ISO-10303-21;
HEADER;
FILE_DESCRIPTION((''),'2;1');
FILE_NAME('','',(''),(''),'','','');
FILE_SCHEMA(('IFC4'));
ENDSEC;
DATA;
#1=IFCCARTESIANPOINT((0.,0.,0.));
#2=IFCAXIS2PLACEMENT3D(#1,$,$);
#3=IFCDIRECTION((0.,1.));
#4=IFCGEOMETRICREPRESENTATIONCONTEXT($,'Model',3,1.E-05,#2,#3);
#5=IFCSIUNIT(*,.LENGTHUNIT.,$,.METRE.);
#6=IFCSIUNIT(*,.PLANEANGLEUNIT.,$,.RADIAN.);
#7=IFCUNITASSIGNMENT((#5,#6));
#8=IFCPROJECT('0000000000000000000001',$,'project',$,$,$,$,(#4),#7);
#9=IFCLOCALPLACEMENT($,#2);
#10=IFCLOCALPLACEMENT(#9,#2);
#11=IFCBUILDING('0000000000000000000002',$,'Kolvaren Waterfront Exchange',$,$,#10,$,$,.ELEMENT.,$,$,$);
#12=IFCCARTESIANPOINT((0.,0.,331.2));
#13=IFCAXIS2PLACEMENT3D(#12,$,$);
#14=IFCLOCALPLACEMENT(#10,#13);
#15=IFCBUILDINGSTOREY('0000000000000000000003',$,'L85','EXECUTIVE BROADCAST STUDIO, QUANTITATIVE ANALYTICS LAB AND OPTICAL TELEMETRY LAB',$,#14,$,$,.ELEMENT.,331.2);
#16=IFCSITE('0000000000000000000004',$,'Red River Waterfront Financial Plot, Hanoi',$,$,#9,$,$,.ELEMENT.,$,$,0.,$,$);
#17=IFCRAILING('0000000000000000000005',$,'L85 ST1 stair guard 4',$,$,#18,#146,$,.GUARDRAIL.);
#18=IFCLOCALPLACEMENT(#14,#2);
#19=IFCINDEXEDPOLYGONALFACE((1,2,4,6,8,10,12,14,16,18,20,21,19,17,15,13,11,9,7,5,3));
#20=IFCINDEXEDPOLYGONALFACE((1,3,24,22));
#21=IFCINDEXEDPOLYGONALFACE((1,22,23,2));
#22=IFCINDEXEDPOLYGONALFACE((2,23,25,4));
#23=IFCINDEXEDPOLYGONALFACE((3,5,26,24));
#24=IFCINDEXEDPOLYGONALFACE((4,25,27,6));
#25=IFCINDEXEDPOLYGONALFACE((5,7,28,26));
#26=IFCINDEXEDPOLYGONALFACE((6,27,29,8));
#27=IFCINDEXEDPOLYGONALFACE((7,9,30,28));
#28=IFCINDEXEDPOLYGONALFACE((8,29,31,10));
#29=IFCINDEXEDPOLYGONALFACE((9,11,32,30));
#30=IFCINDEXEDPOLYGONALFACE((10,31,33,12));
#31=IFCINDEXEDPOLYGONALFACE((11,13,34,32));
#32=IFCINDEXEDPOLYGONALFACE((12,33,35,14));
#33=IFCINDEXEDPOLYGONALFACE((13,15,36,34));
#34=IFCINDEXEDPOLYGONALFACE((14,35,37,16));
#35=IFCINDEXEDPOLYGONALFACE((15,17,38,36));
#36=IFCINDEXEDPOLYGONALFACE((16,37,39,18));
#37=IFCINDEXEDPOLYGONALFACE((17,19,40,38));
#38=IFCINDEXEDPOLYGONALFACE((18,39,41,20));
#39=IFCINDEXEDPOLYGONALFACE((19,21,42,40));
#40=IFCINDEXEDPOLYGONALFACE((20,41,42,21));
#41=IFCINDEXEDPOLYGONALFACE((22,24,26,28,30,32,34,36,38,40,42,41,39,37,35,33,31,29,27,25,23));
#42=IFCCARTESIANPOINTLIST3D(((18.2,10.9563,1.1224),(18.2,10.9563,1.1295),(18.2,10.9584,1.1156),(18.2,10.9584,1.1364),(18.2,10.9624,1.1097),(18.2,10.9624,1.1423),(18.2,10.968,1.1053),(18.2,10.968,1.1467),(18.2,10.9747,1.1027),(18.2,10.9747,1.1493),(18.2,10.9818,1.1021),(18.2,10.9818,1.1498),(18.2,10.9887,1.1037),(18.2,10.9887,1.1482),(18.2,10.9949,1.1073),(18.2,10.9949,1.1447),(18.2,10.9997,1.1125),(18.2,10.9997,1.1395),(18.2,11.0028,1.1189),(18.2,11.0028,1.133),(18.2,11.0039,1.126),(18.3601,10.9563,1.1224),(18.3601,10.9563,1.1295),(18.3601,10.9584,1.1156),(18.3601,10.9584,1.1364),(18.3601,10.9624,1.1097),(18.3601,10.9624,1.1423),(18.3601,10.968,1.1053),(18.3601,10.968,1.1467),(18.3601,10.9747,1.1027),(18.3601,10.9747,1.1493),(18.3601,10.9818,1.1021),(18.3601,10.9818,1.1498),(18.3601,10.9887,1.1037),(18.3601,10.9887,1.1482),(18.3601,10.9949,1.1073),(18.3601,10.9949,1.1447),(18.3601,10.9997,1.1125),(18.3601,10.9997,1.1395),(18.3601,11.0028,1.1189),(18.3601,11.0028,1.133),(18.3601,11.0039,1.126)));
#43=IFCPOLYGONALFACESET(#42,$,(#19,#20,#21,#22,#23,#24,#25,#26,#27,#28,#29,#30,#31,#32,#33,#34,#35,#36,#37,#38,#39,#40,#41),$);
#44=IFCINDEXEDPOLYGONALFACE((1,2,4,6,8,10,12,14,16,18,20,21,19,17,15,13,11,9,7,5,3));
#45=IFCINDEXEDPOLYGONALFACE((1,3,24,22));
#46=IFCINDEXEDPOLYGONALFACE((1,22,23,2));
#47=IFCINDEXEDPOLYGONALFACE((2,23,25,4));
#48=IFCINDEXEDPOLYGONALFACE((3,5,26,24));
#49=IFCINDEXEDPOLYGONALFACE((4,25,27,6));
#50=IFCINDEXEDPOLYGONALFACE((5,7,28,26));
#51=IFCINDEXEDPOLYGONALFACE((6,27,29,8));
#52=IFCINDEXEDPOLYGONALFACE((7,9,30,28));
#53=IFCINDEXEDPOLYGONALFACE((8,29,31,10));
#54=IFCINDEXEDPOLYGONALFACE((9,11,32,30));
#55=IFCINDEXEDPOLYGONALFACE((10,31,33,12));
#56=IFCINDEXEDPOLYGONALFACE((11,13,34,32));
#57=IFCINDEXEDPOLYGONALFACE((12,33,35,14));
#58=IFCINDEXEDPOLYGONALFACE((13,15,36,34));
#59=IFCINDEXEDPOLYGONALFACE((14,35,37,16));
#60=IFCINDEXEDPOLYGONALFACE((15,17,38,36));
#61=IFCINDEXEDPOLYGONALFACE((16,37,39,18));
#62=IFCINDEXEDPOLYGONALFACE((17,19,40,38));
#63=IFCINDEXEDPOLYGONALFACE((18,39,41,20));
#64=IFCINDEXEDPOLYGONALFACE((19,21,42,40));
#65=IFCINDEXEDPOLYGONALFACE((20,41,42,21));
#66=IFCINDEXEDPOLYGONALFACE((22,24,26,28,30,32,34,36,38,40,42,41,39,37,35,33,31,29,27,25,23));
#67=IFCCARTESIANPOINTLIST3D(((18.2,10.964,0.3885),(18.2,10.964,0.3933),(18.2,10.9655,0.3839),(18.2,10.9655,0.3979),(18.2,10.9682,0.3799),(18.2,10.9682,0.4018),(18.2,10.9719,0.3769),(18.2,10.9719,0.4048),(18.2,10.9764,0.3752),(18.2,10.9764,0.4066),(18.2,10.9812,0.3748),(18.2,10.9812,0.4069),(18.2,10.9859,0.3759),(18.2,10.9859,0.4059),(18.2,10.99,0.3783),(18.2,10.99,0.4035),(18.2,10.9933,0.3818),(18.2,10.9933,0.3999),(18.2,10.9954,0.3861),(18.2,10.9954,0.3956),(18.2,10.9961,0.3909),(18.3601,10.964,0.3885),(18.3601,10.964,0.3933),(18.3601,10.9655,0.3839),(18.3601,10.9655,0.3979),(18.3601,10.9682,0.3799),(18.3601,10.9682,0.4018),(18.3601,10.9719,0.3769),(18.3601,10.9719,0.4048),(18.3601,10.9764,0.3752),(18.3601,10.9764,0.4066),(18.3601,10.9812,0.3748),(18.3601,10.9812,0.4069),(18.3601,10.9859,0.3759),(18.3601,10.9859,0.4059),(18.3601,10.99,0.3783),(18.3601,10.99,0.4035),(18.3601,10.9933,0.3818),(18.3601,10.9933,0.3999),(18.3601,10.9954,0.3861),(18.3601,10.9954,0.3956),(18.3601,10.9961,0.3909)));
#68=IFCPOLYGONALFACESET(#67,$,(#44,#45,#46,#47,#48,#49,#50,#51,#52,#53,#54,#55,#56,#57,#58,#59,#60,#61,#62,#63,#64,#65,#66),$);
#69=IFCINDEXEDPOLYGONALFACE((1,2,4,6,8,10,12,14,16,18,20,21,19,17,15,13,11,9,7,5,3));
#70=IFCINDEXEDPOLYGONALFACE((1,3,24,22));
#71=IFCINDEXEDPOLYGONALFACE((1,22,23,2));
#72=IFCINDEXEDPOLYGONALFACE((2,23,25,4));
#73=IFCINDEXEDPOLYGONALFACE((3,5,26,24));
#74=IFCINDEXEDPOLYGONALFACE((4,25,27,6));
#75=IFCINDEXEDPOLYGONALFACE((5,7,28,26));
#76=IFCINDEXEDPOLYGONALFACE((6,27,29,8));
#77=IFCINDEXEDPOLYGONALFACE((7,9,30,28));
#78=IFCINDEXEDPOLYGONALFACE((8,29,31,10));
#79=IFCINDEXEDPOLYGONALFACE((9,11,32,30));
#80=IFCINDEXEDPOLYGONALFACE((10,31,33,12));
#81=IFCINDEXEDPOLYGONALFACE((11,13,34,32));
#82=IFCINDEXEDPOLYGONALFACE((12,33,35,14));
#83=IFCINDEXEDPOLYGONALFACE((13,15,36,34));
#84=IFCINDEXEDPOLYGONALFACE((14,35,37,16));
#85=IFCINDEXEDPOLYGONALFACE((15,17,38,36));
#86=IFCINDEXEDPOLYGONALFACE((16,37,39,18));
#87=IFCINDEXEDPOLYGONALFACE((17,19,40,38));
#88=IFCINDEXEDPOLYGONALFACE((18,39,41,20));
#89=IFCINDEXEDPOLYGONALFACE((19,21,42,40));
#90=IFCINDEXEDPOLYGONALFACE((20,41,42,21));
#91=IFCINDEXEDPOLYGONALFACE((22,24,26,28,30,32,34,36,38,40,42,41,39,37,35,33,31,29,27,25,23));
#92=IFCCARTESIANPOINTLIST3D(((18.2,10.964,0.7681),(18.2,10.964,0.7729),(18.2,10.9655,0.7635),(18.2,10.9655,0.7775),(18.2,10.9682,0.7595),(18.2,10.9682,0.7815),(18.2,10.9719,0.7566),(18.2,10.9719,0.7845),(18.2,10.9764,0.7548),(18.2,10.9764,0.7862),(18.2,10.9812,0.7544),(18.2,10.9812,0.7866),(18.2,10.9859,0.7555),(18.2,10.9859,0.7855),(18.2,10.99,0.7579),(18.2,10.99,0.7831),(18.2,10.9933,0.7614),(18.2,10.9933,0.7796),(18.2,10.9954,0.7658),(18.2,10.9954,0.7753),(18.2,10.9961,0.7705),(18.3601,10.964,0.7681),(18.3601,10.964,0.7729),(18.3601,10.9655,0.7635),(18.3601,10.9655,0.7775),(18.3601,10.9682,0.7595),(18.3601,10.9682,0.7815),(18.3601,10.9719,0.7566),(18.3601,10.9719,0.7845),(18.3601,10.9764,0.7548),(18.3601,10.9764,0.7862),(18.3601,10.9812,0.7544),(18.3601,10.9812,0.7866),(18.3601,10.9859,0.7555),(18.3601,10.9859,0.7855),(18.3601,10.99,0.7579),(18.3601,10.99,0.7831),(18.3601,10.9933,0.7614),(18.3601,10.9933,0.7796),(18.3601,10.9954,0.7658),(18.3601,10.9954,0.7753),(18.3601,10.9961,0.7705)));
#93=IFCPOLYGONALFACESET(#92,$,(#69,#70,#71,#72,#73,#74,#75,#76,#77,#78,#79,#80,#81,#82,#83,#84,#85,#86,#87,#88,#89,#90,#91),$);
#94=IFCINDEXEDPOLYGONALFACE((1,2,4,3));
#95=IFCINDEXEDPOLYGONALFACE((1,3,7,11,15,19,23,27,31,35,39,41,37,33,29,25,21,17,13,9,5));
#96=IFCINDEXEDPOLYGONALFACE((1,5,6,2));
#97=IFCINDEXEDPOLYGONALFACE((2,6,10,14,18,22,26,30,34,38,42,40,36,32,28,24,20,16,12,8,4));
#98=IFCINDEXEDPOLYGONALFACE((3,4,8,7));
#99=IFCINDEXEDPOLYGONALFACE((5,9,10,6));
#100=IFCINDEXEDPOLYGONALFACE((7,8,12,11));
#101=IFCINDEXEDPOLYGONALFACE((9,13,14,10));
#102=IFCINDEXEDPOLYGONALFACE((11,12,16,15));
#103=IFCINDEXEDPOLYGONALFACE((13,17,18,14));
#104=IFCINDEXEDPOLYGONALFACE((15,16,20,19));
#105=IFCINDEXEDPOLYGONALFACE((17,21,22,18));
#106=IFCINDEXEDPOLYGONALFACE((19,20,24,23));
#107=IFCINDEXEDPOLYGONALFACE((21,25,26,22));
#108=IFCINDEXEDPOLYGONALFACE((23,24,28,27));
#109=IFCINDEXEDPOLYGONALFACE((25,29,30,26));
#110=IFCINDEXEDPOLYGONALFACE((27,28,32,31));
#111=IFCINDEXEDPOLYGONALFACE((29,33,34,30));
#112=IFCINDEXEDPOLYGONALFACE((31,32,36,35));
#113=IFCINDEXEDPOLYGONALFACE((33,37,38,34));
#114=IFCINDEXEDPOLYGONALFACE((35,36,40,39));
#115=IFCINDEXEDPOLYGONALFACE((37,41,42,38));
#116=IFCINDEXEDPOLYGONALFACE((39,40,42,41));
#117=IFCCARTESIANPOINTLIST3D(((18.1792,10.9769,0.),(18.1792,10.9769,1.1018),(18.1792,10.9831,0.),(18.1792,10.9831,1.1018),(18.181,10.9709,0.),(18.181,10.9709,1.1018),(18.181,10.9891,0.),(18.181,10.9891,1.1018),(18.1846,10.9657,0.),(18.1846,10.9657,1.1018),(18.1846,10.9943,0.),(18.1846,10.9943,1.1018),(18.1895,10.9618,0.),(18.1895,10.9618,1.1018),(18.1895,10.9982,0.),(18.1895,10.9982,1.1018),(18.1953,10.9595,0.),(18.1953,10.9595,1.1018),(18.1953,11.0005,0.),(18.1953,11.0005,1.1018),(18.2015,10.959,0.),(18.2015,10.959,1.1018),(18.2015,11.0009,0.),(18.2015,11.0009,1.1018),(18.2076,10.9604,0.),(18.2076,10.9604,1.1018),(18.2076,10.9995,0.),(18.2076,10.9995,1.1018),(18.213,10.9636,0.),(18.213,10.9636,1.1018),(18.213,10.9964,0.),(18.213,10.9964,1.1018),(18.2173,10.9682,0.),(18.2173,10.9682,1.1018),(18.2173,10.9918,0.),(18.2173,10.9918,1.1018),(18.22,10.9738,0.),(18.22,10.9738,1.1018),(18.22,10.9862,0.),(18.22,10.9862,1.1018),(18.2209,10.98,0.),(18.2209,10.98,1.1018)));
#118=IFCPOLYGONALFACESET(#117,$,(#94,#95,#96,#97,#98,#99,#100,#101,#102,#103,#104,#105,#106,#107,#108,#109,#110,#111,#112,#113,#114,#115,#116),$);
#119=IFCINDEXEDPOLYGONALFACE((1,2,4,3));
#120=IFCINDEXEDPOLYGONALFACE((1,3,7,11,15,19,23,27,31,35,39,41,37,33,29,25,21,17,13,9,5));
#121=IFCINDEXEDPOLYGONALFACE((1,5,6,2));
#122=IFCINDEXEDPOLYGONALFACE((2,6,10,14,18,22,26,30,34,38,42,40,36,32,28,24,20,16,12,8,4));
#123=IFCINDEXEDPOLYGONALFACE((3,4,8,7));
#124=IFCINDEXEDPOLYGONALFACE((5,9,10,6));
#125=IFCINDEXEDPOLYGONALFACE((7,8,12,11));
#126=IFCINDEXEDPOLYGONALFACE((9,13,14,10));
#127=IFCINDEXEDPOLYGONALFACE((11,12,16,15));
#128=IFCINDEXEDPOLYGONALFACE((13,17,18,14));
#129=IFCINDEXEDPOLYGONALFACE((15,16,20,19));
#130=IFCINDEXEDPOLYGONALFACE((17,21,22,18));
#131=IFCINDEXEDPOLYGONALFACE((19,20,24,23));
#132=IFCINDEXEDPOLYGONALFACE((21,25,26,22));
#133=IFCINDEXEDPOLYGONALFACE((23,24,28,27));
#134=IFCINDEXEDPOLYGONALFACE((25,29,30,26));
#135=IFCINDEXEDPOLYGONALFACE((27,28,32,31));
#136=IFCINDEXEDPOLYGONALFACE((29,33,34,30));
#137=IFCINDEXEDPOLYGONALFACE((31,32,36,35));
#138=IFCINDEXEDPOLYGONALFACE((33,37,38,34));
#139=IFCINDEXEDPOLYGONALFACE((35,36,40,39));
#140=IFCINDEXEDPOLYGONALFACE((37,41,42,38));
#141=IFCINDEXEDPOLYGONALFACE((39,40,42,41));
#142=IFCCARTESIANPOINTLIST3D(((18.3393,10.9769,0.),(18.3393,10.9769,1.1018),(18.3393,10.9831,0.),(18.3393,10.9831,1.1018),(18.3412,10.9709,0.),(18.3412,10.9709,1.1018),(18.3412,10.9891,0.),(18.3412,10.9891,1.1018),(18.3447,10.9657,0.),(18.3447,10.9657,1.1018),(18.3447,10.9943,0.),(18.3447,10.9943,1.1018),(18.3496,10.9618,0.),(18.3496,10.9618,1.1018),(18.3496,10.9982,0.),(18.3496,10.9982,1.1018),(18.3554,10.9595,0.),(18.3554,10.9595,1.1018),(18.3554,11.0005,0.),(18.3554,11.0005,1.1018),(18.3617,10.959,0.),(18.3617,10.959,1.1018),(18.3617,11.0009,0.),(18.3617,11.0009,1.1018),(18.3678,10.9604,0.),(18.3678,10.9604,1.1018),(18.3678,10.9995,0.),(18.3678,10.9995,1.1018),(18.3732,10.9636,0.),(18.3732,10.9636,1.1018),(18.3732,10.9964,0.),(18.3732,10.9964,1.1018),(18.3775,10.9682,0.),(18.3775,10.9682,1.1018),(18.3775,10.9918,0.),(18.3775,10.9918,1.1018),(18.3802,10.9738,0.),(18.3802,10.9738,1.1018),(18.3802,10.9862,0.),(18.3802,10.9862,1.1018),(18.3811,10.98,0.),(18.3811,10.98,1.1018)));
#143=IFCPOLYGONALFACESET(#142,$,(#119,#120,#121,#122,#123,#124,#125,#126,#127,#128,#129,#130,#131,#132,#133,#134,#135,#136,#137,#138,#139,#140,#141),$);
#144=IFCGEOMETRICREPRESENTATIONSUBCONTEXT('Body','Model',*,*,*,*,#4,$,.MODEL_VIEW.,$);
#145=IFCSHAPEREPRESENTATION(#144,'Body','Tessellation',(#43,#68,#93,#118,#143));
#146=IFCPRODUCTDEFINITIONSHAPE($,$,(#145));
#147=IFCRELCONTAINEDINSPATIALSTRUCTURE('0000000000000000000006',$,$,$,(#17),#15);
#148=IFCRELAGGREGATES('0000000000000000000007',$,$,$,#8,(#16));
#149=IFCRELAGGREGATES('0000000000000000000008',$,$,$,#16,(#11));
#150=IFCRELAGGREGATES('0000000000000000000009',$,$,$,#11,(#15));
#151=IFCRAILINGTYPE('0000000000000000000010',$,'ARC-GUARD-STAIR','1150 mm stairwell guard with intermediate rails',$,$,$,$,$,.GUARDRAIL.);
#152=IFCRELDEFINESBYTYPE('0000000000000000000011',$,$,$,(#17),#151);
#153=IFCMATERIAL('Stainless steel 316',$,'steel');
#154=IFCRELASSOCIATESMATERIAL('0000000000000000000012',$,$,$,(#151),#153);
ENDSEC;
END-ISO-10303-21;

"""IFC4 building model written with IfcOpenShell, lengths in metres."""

from ifc_helpers import new_model, si_unit, direction, frame, origin, origin_2d, place, context, subcontext, project, spatial, circle, extrude, material, type_object, element, save


model = new_model("IFC4")

# Units and contexts
model_context = context("Model", 3, precision=1e-05, world=origin(), true_north=direction((0.0, 1.0)))
body_context = subcontext(model_context, "Body", "Model", "MODEL_VIEW")
ifc_project = project(units=[si_unit("LENGTHUNIT", "METRE"), si_unit("PLANEANGLEUNIT", "RADIAN")], contexts=[model_context])

# Site, building, storey
site_placement = place(None, origin())
site = spatial("IfcSite", under=ifc_project, at=site_placement, Name="Red River Waterfront Financial Plot, Hanoi", CompositionType="ELEMENT", RefElevation=0.0)
building_placement = place(site_placement, origin())
building = spatial("IfcBuilding", under=site, at=building_placement, Name="Kolvaren Waterfront Exchange", CompositionType="ELEMENT")
storey_placement = place(building_placement, frame((0.0, 0.0, 331.2)))
storey = spatial("IfcBuildingStorey", under=building, at=storey_placement, Name="L85", Description="EXECUTIVE BROADCAST STUDIO, QUANTITATIVE ANALYTICS LAB AND OPTICAL TELEMETRY LAB", CompositionType="ELEMENT", Elevation=331.2)

# Railing
ifc_material_1 = material(Name="Stainless steel 316", Category="steel")
railing_type_1 = type_object("IfcRailingType", Name="ARC-GUARD-STAIR", Description="1150 mm stairwell guard with intermediate rails", PredefinedType="GUARDRAIL", material=ifc_material_1)
railing_1_placement = place(storey_placement, frame((18.2, 10.98, 0.0)))
element("IfcRailing", 1, at=railing_1_placement, inside=storey, type_object=railing_type_1, Name="L85 ST1 stair guard 4", PredefinedType="GUARDRAIL", context=body_context, shape_type="SweptSolid", body=[
    extrude(circle(Radius=0.0239, at=origin_2d()), frame((0.0, 0.0, 1.126), z_axis=(1.0, 0.0, 0.0), x_axis=(0.0, 1.0, 0.0)), (0.0, 0.0, 1.0), 0.1602),
    extrude(circle(Radius=0.0161, at=origin_2d()), frame((0.0, 0.0, 0.3909), z_axis=(1.0, 0.0, 0.0), x_axis=(0.0, 1.0, 0.0)), (0.0, 0.0, 1.0), 0.1602),
    extrude(circle(Radius=0.0161, at=origin_2d()), frame((0.0, 0.0, 0.7705), z_axis=(1.0, 0.0, 0.0), x_axis=(0.0, 1.0, 0.0)), (0.0, 0.0, 1.0), 0.1602),
    extrude(circle(Radius=0.021, at=origin_2d()), origin(), (0.0, 0.0, 1.0), 1.1018),
    extrude(circle(Radius=0.021, at=origin_2d()), frame((0.1602, 0.0, 0.0)), (0.0, 0.0, 1.0), 1.1018),
])

save(model, "model.ifc")
